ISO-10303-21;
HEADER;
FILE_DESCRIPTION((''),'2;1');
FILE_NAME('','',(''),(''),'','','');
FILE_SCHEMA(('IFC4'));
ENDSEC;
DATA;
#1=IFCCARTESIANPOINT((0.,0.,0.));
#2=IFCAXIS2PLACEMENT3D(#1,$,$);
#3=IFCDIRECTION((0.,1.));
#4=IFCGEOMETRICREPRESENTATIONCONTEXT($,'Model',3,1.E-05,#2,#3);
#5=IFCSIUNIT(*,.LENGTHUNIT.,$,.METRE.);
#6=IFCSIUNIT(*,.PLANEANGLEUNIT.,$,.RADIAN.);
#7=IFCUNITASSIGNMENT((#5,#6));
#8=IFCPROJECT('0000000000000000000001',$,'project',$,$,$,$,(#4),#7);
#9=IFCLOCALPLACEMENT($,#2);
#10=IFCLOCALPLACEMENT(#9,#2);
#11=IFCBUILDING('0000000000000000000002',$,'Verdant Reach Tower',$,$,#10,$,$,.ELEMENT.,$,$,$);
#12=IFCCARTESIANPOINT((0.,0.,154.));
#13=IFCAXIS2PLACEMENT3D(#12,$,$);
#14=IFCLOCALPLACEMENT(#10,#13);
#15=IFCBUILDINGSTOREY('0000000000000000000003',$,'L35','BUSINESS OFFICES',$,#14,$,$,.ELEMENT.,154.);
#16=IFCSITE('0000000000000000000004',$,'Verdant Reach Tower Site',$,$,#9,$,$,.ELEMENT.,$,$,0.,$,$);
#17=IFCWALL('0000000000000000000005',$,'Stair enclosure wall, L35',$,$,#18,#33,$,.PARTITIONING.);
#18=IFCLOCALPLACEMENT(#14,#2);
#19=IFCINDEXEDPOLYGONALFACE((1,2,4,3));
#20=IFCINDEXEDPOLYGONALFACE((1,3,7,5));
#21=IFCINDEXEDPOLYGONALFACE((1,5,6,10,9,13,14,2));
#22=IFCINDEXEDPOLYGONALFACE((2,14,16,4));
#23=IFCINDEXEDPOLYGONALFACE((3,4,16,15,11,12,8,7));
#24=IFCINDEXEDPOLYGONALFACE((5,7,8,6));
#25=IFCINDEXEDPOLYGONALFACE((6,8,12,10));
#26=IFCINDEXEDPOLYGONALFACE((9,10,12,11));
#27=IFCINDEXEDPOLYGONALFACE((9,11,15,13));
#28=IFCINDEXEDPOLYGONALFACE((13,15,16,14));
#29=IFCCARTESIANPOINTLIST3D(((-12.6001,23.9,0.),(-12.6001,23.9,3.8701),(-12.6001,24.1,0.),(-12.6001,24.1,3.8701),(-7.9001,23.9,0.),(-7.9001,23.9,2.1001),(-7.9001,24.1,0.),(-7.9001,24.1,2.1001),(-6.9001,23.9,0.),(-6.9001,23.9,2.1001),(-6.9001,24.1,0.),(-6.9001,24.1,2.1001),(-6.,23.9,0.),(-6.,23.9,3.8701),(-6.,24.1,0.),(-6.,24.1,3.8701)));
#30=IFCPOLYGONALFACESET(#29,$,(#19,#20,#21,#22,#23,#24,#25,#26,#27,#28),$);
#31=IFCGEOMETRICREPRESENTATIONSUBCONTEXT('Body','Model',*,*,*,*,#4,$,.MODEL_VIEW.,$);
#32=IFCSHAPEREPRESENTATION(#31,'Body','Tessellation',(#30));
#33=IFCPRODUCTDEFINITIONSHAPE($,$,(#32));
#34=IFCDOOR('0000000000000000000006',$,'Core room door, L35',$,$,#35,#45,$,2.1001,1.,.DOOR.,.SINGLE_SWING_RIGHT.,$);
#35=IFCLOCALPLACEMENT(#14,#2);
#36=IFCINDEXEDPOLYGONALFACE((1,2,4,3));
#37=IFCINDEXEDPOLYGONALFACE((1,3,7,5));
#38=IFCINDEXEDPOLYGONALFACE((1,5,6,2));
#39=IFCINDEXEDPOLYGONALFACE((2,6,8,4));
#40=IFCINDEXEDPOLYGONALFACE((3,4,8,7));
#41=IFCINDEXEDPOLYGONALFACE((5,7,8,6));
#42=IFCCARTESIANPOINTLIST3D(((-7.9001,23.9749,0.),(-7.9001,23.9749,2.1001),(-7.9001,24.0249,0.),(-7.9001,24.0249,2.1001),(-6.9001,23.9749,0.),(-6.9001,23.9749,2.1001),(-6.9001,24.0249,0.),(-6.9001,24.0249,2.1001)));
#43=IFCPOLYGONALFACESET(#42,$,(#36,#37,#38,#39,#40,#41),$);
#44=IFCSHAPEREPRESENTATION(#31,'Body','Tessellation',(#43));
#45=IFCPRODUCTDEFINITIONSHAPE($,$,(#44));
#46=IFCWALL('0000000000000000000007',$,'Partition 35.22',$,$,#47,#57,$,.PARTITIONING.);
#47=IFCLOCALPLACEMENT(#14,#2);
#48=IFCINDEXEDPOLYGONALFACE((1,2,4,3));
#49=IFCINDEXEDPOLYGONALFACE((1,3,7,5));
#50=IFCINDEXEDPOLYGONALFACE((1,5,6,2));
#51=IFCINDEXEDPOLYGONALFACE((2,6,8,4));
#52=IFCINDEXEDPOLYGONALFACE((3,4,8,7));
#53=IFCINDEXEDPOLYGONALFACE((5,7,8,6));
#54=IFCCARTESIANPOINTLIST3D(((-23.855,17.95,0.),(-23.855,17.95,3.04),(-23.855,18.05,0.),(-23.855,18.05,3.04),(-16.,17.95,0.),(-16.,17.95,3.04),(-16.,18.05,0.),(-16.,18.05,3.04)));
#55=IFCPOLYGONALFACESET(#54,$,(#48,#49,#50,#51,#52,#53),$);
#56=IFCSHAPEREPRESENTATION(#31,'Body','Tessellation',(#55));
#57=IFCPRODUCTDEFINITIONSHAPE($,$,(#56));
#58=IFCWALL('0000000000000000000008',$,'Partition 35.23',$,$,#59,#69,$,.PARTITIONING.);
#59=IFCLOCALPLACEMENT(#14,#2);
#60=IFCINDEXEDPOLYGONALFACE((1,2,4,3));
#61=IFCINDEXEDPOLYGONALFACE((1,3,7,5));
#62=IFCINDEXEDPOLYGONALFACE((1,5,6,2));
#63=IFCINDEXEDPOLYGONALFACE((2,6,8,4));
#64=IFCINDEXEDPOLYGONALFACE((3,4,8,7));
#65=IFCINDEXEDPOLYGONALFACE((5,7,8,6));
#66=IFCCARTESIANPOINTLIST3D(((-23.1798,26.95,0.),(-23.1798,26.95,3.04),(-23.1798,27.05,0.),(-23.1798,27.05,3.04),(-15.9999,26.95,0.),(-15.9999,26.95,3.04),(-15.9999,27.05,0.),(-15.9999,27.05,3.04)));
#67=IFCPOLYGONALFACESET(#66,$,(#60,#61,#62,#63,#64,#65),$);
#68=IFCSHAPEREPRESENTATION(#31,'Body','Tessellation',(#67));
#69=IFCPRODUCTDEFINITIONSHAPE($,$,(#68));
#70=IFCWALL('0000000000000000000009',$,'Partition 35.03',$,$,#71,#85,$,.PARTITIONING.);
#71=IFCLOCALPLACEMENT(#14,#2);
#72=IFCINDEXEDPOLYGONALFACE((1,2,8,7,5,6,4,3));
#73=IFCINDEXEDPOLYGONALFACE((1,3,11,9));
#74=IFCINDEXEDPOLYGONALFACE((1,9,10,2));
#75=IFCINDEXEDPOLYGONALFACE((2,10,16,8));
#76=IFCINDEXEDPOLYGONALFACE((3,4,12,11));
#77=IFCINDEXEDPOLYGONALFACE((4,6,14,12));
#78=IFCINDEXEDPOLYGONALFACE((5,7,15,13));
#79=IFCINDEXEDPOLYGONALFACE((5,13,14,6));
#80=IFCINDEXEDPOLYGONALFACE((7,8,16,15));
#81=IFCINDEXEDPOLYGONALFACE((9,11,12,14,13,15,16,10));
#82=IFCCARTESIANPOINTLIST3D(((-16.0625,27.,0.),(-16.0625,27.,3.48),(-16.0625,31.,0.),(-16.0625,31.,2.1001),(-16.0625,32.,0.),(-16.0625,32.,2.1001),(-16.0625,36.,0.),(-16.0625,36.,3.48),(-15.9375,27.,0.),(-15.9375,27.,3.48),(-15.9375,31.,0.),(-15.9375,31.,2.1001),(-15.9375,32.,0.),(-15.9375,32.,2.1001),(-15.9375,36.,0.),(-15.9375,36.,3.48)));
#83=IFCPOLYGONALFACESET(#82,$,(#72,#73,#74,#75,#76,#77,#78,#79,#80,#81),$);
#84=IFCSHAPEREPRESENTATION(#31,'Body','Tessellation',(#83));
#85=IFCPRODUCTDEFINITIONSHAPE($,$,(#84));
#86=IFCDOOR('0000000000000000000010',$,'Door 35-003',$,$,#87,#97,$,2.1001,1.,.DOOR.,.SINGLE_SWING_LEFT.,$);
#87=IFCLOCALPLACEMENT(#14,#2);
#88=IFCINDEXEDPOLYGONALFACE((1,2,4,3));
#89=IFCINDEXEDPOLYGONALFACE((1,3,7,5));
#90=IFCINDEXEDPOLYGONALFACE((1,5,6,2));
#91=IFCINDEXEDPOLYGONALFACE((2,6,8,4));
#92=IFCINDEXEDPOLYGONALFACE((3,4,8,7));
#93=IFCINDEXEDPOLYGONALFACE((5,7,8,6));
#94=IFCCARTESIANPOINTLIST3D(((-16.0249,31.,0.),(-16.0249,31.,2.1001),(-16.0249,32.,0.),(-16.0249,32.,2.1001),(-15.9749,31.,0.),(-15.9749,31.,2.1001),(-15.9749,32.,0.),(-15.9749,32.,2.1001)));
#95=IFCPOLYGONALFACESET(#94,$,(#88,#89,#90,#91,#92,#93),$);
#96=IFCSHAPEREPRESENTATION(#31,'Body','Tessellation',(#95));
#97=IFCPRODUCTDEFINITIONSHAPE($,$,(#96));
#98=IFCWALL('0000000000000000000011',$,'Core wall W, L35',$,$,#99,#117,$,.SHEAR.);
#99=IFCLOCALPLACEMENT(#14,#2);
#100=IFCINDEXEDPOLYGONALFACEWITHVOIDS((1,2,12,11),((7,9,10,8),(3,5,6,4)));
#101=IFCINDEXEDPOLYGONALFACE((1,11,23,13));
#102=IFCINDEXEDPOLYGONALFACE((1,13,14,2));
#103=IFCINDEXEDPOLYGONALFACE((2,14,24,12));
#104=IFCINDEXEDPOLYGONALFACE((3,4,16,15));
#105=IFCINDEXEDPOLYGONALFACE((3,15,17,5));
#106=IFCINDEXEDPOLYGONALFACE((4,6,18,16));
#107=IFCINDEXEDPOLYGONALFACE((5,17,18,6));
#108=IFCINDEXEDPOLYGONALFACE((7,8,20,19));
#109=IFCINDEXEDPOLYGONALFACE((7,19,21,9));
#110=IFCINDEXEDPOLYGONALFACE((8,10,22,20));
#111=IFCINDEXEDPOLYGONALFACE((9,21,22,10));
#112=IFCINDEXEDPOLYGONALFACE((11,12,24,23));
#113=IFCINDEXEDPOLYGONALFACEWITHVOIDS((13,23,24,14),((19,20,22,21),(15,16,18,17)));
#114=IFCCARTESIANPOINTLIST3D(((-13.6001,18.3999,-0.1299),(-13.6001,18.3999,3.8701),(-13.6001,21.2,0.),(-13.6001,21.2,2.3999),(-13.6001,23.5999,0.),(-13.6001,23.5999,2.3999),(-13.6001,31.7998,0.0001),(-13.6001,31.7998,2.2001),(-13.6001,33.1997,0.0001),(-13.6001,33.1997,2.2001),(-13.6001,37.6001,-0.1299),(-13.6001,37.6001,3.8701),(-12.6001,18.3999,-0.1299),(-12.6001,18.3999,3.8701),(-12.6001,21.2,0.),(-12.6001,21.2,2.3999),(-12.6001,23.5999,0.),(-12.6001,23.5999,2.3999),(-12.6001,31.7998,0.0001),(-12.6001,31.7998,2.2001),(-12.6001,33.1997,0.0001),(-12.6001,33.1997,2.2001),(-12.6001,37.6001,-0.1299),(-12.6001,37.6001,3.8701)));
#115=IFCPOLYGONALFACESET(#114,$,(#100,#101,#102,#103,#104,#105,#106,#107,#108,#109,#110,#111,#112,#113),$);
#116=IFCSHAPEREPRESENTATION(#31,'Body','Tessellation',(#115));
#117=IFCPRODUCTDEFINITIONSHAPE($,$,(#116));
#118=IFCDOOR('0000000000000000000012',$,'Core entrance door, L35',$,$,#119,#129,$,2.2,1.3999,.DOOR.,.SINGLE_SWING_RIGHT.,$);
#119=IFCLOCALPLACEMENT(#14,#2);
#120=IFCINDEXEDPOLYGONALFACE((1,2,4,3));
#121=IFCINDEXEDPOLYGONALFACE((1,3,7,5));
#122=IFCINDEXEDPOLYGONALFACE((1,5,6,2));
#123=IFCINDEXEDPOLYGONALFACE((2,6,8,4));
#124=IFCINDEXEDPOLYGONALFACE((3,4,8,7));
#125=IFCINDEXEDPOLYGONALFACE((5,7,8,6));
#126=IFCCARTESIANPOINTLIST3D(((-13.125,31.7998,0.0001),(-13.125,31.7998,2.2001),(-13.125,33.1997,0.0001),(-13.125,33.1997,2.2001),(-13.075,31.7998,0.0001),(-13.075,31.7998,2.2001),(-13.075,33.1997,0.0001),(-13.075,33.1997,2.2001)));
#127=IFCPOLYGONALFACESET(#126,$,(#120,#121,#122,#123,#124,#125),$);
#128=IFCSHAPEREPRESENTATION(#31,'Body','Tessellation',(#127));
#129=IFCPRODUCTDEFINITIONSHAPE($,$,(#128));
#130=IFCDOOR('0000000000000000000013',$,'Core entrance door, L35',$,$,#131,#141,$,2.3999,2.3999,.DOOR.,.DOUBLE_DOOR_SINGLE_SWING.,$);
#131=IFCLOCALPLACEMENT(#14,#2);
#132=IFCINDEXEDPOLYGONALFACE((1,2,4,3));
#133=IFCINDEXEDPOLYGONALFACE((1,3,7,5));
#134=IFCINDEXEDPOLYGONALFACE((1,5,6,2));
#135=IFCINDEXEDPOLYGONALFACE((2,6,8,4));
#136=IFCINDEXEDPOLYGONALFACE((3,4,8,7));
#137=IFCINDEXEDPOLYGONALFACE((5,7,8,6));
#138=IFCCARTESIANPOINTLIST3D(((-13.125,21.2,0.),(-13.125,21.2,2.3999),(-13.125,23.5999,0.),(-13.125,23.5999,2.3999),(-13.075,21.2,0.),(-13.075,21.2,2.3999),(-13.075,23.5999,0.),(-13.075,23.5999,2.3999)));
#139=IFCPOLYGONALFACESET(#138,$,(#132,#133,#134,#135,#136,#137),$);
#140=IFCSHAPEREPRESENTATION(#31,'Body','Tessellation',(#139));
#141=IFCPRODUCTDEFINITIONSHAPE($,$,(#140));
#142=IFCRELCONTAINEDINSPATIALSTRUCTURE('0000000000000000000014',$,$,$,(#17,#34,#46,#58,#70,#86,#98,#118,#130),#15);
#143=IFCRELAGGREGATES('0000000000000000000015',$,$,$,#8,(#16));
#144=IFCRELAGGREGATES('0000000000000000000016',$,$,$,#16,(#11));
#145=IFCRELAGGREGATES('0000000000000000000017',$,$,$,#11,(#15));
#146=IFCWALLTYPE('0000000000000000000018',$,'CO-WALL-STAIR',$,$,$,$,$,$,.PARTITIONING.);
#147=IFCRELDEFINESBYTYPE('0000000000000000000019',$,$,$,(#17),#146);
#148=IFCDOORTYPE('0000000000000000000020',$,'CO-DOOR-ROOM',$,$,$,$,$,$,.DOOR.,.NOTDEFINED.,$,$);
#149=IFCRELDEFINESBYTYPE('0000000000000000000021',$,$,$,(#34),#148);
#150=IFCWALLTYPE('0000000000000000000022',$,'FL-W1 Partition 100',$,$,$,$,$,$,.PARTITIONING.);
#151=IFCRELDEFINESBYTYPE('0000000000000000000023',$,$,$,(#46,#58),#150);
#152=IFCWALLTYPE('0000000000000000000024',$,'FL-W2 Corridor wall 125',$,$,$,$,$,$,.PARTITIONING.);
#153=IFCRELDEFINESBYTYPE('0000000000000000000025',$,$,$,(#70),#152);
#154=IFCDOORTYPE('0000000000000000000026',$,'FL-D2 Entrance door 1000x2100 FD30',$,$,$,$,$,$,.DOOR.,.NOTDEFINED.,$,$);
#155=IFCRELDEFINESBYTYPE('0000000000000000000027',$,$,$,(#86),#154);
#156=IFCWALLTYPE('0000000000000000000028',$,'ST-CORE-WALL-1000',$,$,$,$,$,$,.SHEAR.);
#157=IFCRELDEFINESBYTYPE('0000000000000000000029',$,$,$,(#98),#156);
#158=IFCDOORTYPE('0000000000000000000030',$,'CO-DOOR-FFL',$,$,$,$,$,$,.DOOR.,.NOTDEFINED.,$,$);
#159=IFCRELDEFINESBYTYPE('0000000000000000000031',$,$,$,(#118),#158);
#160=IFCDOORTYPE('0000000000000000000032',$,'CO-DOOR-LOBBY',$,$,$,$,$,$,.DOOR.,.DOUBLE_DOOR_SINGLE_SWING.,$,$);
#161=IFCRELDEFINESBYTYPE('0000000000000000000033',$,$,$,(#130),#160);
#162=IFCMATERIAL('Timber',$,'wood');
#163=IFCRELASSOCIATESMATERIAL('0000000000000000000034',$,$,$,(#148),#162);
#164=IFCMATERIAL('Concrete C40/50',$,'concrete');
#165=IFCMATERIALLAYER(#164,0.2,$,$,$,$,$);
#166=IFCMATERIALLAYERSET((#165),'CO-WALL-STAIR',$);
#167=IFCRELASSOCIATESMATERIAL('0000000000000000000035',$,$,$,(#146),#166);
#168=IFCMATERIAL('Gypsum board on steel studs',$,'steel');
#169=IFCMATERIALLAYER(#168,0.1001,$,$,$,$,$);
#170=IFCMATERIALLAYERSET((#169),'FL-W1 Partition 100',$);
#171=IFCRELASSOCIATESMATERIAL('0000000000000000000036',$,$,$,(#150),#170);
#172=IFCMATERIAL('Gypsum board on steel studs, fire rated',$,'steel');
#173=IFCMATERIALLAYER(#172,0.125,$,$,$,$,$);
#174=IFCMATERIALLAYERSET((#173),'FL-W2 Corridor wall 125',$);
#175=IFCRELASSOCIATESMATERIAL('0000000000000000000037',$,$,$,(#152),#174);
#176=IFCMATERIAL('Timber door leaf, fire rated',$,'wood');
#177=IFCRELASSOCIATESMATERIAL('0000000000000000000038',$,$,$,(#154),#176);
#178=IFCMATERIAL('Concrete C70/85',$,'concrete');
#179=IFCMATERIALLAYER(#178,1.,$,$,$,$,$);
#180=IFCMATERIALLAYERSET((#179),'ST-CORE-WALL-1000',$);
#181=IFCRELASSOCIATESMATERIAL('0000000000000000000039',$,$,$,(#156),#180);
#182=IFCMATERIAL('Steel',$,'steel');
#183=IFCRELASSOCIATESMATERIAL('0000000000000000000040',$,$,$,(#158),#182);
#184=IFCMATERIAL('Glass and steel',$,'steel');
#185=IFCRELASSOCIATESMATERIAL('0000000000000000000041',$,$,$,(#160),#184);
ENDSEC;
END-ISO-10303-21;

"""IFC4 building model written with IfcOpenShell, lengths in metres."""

from ifc_helpers import new_model, si_unit, direction, frame, frame_2d, origin, place, context, subcontext, project, spatial, rectangle, extrude, material, layer, layer_set, type_object, element, fill, save


model = new_model("IFC4")

# Units and contexts
model_context = context("Model", 3, precision=1e-05, world=origin(), true_north=direction((0.0, 1.0)))
body_context = subcontext(model_context, "Body", "Model", "MODEL_VIEW")
ifc_project = project(units=[si_unit("LENGTHUNIT", "METRE"), si_unit("PLANEANGLEUNIT", "RADIAN")], contexts=[model_context])

# Site, building, storey
site_placement = place(None, origin())
site = spatial("IfcSite", under=ifc_project, at=site_placement, Name="Verdant Reach Tower Site", CompositionType="ELEMENT", RefElevation=0.0)
building_placement = place(site_placement, origin())
building = spatial("IfcBuilding", under=site, at=building_placement, Name="Verdant Reach Tower", CompositionType="ELEMENT")
storey_placement = place(building_placement, frame((0.0, 0.0, 154.0)))
storey = spatial("IfcBuildingStorey", under=building, at=storey_placement, Name="L35", Description="BUSINESS OFFICES", CompositionType="ELEMENT", Elevation=154.0)

# Wall, opening, door
ifc_material_1 = material(Name="Gypsum board on steel studs", Category="steel")
ifc_material_2 = material(Name="Timber", Category="wood")
door_type_1 = type_object("IfcDoorType", Name="CO-DOOR-ROOM", OperationType="NOTDEFINED", PredefinedType="DOOR", material=ifc_material_2)
ifc_material_3 = material(Name="Concrete C40/50", Category="concrete")
ifc_layer_1 = layer(ifc_material_3, 0.2)
ifc_layer_set_1 = layer_set([ifc_layer_1], Name="CO-WALL-STAIR")
wall_type_1 = type_object("IfcWallType", Name="CO-WALL-STAIR", PredefinedType="PARTITIONING", material=ifc_layer_set_1)
wall_1_placement = place(storey_placement, frame((-12.6001, 24.0, 0.0), z_axis=(0.0, 0.0, 1.0), x_axis=(1.0, 0.0, 0.0)))
wall_1 = element("IfcWall", 1, at=wall_1_placement, inside=storey, type_object=wall_type_1, Name="Stair enclosure wall, L35", PredefinedType="PARTITIONING", context=body_context, shape_type="SweptSolid", body=[
    extrude(rectangle(XDim=6.6001, YDim=0.2, at=frame_2d((3.3, 0.0))), origin(), (0.0, 0.0, 1.0), 3.8701),
])
opening_1_placement = place(wall_1_placement, frame((4.7, 0.0, 0.0)))
opening_1 = element("IfcOpeningElement", 2, at=opening_1_placement, cuts=wall_1, PredefinedType="OPENING", context=body_context, shape_type="SweptSolid", body=[
    extrude(rectangle(XDim=1.0, YDim=2.1001, at=frame_2d((0.5, 1.05))), frame((0.0, 0.1099, 0.0), z_axis=(0.0, -1.0, 0.0), x_axis=(1.0, 0.0, 0.0)), (0.0, 0.0, 1.0), 0.22),
])
door_1_placement = place(opening_1_placement, origin())
door_1 = element("IfcDoor", 3, at=door_1_placement, inside=storey, type_object=door_type_1, Name="Core room door, L35", OperationType="SINGLE_SWING_RIGHT", OverallHeight=2.1001, OverallWidth=1.0, PredefinedType="DOOR", context=body_context, shape_type="SweptSolid", body=[
    extrude(rectangle(XDim=1.0, YDim=2.1001, at=frame_2d((0.5, 1.05))), frame((0.0, 0.0249, 0.0), z_axis=(0.0, -1.0, 0.0), x_axis=(1.0, 0.0, 0.0)), (0.0, 0.0, 1.0), 0.05),
])
fill(opening_1, door_1)

# Walls
ifc_layer_2 = layer(ifc_material_1, 0.1001)
ifc_layer_set_2 = layer_set([ifc_layer_2], Name="FL-W1 Partition 100")
wall_type_2 = type_object("IfcWallType", Name="FL-W1 Partition 100", PredefinedType="PARTITIONING", material=ifc_layer_set_2)
wall_2_placement = place(storey_placement, frame((-16.0, 18.0, 0.0), z_axis=(0.0, 0.0, 1.0), x_axis=(-1.0, 0.0, 0.0)))
element("IfcWall", 4, at=wall_2_placement, inside=storey, type_object=wall_type_2, Name="Partition 35.22", PredefinedType="PARTITIONING", context=body_context, shape_type="SweptSolid", body=[
    extrude(rectangle(XDim=7.855, YDim=0.1001, at=frame_2d((3.9275, 0.0))), origin(), (0.0, 0.0, 1.0), 3.04),
])
wall_3_placement = place(storey_placement, frame((-16.0, 27.0, 0.0), z_axis=(0.0, 0.0, 1.0), x_axis=(-1.0, 0.0, 0.0)))
element("IfcWall", 5, at=wall_3_placement, inside=storey, type_object=wall_type_2, Name="Partition 35.23", PredefinedType="PARTITIONING", context=body_context, shape_type="SweptSolid", body=[
    extrude(rectangle(XDim=7.1799, YDim=0.1001, at=frame_2d((3.5898, 0.0))), origin(), (0.0, 0.0, 1.0), 3.04),
])

# Wall, opening, door
ifc_material_4 = material(Name="Gypsum board on steel studs, fire rated", Category="steel")
ifc_layer_3 = layer(ifc_material_4, 0.125)
ifc_layer_set_3 = layer_set([ifc_layer_3], Name="FL-W2 Corridor wall 125")
wall_type_3 = type_object("IfcWallType", Name="FL-W2 Corridor wall 125", PredefinedType="PARTITIONING", material=ifc_layer_set_3)
wall_4_placement = place(storey_placement, frame((-16.0, 27.0, 0.0), z_axis=(0.0, 0.0, 1.0), x_axis=(0.0, 1.0, 0.0)))
wall_4 = element("IfcWall", 6, at=wall_4_placement, inside=storey, type_object=wall_type_3, Name="Partition 35.03", PredefinedType="PARTITIONING", context=body_context, shape_type="SweptSolid", body=[
    extrude(rectangle(XDim=9.0, YDim=0.125, at=frame_2d((4.5, 0.0))), origin(), (0.0, 0.0, 1.0), 3.48),
])
opening_2_placement = place(wall_4_placement, frame((4.0, 0.0, 0.0)))
opening_2 = element("IfcOpeningElement", 7, at=opening_2_placement, cuts=wall_4, PredefinedType="OPENING", context=body_context, shape_type="SweptSolid", body=[
    extrude(rectangle(XDim=1.0, YDim=2.1001, at=frame_2d((0.5, 1.05))), frame((0.0, 0.0725, 0.0), z_axis=(0.0, -1.0, 0.0), x_axis=(1.0, 0.0, 0.0)), (0.0, 0.0, 1.0), 0.145),
])
ifc_material_5 = material(Name="Timber door leaf, fire rated", Category="wood")
door_type_2 = type_object("IfcDoorType", Name="FL-D2 Entrance door 1000x2100 FD30", OperationType="NOTDEFINED", PredefinedType="DOOR", material=ifc_material_5)
door_2_placement = place(opening_2_placement, origin())
door_2 = element("IfcDoor", 8, at=door_2_placement, inside=storey, type_object=door_type_2, Name="Door 35-003", OperationType="SINGLE_SWING_LEFT", OverallHeight=2.1001, OverallWidth=1.0, PredefinedType="DOOR", context=body_context, shape_type="SweptSolid", body=[
    extrude(rectangle(XDim=1.0, YDim=2.1001, at=frame_2d((0.5, 1.05))), frame((0.0, 0.0249, 0.0), z_axis=(0.0, -1.0, 0.0), x_axis=(1.0, 0.0, 0.0)), (0.0, 0.0, 1.0), 0.05),
])
fill(opening_2, door_2)

# Wall, openings, doors
ifc_material_6 = material(Name="Concrete C70/85", Category="concrete")
ifc_layer_4 = layer(ifc_material_6, 1.0)
ifc_layer_set_4 = layer_set([ifc_layer_4], Name="ST-CORE-WALL-1000")
wall_type_4 = type_object("IfcWallType", Name="ST-CORE-WALL-1000", PredefinedType="SHEAR", material=ifc_layer_set_4)
wall_5_placement = place(storey_placement, frame((-13.1001, 18.3999, -0.1299), z_axis=(0.0, 0.0, 1.0), x_axis=(0.0, 1.0, 0.0)))
wall_5 = element("IfcWall", 9, at=wall_5_placement, inside=storey, type_object=wall_type_4, Name="Core wall W, L35", PredefinedType="SHEAR", context=body_context, shape_type="SweptSolid", body=[
    extrude(rectangle(XDim=19.2002, YDim=1.0, at=frame_2d((9.6001, 0.0))), origin(), (0.0, 0.0, 1.0), 4.0),
])
opening_3_placement = place(wall_5_placement, frame((2.8, 0.0, 0.1299)))
opening_3 = element("IfcOpeningElement", 10, at=opening_3_placement, cuts=wall_5, PredefinedType="OPENING", context=body_context, shape_type="SweptSolid", body=[
    extrude(rectangle(XDim=2.3999, YDim=2.3999, at=frame_2d((1.2, 1.2))), frame((0.0, 0.51, 0.0), z_axis=(0.0, -1.0, 0.0), x_axis=(1.0, 0.0, 0.0)), (0.0, 0.0, 1.0), 1.02),
])
opening_4_placement = place(wall_5_placement, frame((13.3999, 0.0, 0.1299)))
opening_4 = element("IfcOpeningElement", 11, at=opening_4_placement, cuts=wall_5, PredefinedType="OPENING", context=body_context, shape_type="SweptSolid", body=[
    extrude(rectangle(XDim=1.3999, YDim=2.2, at=frame_2d((0.7, 1.1001))), frame((0.0, 0.51, 0.0), z_axis=(0.0, -1.0, 0.0), x_axis=(1.0, 0.0, 0.0)), (0.0, 0.0, 1.0), 1.02),
])
ifc_material_7 = material(Name="Steel", Category="steel")
door_type_3 = type_object("IfcDoorType", Name="CO-DOOR-FFL", OperationType="NOTDEFINED", PredefinedType="DOOR", material=ifc_material_7)
door_3_placement = place(opening_4_placement, origin())
door_3 = element("IfcDoor", 12, at=door_3_placement, inside=storey, type_object=door_type_3, Name="Core entrance door, L35", OperationType="SINGLE_SWING_RIGHT", OverallHeight=2.2, OverallWidth=1.3999, PredefinedType="DOOR", context=body_context, shape_type="SweptSolid", body=[
    extrude(rectangle(XDim=1.3999, YDim=2.2, at=frame_2d((0.7, 1.1001))), frame((0.0, 0.0249, 0.0), z_axis=(0.0, -1.0, 0.0), x_axis=(1.0, 0.0, 0.0)), (0.0, 0.0, 1.0), 0.05),
])
fill(opening_4, door_3)
ifc_material_8 = material(Name="Glass and steel", Category="steel")
door_type_4 = type_object("IfcDoorType", Name="CO-DOOR-LOBBY", OperationType="DOUBLE_DOOR_SINGLE_SWING", PredefinedType="DOOR", material=ifc_material_8)
door_4_placement = place(opening_3_placement, origin())
door_4 = element("IfcDoor", 13, at=door_4_placement, inside=storey, type_object=door_type_4, Name="Core entrance door, L35", OperationType="DOUBLE_DOOR_SINGLE_SWING", OverallHeight=2.3999, OverallWidth=2.3999, PredefinedType="DOOR", context=body_context, shape_type="SweptSolid", body=[
    extrude(rectangle(XDim=2.3999, YDim=2.3999, at=frame_2d((1.2, 1.2))), frame((0.0, 0.0249, 0.0), z_axis=(0.0, -1.0, 0.0), x_axis=(1.0, 0.0, 0.0)), (0.0, 0.0, 1.0), 0.05),
])
fill(opening_3, door_4)

save(model, "model.ifc")
